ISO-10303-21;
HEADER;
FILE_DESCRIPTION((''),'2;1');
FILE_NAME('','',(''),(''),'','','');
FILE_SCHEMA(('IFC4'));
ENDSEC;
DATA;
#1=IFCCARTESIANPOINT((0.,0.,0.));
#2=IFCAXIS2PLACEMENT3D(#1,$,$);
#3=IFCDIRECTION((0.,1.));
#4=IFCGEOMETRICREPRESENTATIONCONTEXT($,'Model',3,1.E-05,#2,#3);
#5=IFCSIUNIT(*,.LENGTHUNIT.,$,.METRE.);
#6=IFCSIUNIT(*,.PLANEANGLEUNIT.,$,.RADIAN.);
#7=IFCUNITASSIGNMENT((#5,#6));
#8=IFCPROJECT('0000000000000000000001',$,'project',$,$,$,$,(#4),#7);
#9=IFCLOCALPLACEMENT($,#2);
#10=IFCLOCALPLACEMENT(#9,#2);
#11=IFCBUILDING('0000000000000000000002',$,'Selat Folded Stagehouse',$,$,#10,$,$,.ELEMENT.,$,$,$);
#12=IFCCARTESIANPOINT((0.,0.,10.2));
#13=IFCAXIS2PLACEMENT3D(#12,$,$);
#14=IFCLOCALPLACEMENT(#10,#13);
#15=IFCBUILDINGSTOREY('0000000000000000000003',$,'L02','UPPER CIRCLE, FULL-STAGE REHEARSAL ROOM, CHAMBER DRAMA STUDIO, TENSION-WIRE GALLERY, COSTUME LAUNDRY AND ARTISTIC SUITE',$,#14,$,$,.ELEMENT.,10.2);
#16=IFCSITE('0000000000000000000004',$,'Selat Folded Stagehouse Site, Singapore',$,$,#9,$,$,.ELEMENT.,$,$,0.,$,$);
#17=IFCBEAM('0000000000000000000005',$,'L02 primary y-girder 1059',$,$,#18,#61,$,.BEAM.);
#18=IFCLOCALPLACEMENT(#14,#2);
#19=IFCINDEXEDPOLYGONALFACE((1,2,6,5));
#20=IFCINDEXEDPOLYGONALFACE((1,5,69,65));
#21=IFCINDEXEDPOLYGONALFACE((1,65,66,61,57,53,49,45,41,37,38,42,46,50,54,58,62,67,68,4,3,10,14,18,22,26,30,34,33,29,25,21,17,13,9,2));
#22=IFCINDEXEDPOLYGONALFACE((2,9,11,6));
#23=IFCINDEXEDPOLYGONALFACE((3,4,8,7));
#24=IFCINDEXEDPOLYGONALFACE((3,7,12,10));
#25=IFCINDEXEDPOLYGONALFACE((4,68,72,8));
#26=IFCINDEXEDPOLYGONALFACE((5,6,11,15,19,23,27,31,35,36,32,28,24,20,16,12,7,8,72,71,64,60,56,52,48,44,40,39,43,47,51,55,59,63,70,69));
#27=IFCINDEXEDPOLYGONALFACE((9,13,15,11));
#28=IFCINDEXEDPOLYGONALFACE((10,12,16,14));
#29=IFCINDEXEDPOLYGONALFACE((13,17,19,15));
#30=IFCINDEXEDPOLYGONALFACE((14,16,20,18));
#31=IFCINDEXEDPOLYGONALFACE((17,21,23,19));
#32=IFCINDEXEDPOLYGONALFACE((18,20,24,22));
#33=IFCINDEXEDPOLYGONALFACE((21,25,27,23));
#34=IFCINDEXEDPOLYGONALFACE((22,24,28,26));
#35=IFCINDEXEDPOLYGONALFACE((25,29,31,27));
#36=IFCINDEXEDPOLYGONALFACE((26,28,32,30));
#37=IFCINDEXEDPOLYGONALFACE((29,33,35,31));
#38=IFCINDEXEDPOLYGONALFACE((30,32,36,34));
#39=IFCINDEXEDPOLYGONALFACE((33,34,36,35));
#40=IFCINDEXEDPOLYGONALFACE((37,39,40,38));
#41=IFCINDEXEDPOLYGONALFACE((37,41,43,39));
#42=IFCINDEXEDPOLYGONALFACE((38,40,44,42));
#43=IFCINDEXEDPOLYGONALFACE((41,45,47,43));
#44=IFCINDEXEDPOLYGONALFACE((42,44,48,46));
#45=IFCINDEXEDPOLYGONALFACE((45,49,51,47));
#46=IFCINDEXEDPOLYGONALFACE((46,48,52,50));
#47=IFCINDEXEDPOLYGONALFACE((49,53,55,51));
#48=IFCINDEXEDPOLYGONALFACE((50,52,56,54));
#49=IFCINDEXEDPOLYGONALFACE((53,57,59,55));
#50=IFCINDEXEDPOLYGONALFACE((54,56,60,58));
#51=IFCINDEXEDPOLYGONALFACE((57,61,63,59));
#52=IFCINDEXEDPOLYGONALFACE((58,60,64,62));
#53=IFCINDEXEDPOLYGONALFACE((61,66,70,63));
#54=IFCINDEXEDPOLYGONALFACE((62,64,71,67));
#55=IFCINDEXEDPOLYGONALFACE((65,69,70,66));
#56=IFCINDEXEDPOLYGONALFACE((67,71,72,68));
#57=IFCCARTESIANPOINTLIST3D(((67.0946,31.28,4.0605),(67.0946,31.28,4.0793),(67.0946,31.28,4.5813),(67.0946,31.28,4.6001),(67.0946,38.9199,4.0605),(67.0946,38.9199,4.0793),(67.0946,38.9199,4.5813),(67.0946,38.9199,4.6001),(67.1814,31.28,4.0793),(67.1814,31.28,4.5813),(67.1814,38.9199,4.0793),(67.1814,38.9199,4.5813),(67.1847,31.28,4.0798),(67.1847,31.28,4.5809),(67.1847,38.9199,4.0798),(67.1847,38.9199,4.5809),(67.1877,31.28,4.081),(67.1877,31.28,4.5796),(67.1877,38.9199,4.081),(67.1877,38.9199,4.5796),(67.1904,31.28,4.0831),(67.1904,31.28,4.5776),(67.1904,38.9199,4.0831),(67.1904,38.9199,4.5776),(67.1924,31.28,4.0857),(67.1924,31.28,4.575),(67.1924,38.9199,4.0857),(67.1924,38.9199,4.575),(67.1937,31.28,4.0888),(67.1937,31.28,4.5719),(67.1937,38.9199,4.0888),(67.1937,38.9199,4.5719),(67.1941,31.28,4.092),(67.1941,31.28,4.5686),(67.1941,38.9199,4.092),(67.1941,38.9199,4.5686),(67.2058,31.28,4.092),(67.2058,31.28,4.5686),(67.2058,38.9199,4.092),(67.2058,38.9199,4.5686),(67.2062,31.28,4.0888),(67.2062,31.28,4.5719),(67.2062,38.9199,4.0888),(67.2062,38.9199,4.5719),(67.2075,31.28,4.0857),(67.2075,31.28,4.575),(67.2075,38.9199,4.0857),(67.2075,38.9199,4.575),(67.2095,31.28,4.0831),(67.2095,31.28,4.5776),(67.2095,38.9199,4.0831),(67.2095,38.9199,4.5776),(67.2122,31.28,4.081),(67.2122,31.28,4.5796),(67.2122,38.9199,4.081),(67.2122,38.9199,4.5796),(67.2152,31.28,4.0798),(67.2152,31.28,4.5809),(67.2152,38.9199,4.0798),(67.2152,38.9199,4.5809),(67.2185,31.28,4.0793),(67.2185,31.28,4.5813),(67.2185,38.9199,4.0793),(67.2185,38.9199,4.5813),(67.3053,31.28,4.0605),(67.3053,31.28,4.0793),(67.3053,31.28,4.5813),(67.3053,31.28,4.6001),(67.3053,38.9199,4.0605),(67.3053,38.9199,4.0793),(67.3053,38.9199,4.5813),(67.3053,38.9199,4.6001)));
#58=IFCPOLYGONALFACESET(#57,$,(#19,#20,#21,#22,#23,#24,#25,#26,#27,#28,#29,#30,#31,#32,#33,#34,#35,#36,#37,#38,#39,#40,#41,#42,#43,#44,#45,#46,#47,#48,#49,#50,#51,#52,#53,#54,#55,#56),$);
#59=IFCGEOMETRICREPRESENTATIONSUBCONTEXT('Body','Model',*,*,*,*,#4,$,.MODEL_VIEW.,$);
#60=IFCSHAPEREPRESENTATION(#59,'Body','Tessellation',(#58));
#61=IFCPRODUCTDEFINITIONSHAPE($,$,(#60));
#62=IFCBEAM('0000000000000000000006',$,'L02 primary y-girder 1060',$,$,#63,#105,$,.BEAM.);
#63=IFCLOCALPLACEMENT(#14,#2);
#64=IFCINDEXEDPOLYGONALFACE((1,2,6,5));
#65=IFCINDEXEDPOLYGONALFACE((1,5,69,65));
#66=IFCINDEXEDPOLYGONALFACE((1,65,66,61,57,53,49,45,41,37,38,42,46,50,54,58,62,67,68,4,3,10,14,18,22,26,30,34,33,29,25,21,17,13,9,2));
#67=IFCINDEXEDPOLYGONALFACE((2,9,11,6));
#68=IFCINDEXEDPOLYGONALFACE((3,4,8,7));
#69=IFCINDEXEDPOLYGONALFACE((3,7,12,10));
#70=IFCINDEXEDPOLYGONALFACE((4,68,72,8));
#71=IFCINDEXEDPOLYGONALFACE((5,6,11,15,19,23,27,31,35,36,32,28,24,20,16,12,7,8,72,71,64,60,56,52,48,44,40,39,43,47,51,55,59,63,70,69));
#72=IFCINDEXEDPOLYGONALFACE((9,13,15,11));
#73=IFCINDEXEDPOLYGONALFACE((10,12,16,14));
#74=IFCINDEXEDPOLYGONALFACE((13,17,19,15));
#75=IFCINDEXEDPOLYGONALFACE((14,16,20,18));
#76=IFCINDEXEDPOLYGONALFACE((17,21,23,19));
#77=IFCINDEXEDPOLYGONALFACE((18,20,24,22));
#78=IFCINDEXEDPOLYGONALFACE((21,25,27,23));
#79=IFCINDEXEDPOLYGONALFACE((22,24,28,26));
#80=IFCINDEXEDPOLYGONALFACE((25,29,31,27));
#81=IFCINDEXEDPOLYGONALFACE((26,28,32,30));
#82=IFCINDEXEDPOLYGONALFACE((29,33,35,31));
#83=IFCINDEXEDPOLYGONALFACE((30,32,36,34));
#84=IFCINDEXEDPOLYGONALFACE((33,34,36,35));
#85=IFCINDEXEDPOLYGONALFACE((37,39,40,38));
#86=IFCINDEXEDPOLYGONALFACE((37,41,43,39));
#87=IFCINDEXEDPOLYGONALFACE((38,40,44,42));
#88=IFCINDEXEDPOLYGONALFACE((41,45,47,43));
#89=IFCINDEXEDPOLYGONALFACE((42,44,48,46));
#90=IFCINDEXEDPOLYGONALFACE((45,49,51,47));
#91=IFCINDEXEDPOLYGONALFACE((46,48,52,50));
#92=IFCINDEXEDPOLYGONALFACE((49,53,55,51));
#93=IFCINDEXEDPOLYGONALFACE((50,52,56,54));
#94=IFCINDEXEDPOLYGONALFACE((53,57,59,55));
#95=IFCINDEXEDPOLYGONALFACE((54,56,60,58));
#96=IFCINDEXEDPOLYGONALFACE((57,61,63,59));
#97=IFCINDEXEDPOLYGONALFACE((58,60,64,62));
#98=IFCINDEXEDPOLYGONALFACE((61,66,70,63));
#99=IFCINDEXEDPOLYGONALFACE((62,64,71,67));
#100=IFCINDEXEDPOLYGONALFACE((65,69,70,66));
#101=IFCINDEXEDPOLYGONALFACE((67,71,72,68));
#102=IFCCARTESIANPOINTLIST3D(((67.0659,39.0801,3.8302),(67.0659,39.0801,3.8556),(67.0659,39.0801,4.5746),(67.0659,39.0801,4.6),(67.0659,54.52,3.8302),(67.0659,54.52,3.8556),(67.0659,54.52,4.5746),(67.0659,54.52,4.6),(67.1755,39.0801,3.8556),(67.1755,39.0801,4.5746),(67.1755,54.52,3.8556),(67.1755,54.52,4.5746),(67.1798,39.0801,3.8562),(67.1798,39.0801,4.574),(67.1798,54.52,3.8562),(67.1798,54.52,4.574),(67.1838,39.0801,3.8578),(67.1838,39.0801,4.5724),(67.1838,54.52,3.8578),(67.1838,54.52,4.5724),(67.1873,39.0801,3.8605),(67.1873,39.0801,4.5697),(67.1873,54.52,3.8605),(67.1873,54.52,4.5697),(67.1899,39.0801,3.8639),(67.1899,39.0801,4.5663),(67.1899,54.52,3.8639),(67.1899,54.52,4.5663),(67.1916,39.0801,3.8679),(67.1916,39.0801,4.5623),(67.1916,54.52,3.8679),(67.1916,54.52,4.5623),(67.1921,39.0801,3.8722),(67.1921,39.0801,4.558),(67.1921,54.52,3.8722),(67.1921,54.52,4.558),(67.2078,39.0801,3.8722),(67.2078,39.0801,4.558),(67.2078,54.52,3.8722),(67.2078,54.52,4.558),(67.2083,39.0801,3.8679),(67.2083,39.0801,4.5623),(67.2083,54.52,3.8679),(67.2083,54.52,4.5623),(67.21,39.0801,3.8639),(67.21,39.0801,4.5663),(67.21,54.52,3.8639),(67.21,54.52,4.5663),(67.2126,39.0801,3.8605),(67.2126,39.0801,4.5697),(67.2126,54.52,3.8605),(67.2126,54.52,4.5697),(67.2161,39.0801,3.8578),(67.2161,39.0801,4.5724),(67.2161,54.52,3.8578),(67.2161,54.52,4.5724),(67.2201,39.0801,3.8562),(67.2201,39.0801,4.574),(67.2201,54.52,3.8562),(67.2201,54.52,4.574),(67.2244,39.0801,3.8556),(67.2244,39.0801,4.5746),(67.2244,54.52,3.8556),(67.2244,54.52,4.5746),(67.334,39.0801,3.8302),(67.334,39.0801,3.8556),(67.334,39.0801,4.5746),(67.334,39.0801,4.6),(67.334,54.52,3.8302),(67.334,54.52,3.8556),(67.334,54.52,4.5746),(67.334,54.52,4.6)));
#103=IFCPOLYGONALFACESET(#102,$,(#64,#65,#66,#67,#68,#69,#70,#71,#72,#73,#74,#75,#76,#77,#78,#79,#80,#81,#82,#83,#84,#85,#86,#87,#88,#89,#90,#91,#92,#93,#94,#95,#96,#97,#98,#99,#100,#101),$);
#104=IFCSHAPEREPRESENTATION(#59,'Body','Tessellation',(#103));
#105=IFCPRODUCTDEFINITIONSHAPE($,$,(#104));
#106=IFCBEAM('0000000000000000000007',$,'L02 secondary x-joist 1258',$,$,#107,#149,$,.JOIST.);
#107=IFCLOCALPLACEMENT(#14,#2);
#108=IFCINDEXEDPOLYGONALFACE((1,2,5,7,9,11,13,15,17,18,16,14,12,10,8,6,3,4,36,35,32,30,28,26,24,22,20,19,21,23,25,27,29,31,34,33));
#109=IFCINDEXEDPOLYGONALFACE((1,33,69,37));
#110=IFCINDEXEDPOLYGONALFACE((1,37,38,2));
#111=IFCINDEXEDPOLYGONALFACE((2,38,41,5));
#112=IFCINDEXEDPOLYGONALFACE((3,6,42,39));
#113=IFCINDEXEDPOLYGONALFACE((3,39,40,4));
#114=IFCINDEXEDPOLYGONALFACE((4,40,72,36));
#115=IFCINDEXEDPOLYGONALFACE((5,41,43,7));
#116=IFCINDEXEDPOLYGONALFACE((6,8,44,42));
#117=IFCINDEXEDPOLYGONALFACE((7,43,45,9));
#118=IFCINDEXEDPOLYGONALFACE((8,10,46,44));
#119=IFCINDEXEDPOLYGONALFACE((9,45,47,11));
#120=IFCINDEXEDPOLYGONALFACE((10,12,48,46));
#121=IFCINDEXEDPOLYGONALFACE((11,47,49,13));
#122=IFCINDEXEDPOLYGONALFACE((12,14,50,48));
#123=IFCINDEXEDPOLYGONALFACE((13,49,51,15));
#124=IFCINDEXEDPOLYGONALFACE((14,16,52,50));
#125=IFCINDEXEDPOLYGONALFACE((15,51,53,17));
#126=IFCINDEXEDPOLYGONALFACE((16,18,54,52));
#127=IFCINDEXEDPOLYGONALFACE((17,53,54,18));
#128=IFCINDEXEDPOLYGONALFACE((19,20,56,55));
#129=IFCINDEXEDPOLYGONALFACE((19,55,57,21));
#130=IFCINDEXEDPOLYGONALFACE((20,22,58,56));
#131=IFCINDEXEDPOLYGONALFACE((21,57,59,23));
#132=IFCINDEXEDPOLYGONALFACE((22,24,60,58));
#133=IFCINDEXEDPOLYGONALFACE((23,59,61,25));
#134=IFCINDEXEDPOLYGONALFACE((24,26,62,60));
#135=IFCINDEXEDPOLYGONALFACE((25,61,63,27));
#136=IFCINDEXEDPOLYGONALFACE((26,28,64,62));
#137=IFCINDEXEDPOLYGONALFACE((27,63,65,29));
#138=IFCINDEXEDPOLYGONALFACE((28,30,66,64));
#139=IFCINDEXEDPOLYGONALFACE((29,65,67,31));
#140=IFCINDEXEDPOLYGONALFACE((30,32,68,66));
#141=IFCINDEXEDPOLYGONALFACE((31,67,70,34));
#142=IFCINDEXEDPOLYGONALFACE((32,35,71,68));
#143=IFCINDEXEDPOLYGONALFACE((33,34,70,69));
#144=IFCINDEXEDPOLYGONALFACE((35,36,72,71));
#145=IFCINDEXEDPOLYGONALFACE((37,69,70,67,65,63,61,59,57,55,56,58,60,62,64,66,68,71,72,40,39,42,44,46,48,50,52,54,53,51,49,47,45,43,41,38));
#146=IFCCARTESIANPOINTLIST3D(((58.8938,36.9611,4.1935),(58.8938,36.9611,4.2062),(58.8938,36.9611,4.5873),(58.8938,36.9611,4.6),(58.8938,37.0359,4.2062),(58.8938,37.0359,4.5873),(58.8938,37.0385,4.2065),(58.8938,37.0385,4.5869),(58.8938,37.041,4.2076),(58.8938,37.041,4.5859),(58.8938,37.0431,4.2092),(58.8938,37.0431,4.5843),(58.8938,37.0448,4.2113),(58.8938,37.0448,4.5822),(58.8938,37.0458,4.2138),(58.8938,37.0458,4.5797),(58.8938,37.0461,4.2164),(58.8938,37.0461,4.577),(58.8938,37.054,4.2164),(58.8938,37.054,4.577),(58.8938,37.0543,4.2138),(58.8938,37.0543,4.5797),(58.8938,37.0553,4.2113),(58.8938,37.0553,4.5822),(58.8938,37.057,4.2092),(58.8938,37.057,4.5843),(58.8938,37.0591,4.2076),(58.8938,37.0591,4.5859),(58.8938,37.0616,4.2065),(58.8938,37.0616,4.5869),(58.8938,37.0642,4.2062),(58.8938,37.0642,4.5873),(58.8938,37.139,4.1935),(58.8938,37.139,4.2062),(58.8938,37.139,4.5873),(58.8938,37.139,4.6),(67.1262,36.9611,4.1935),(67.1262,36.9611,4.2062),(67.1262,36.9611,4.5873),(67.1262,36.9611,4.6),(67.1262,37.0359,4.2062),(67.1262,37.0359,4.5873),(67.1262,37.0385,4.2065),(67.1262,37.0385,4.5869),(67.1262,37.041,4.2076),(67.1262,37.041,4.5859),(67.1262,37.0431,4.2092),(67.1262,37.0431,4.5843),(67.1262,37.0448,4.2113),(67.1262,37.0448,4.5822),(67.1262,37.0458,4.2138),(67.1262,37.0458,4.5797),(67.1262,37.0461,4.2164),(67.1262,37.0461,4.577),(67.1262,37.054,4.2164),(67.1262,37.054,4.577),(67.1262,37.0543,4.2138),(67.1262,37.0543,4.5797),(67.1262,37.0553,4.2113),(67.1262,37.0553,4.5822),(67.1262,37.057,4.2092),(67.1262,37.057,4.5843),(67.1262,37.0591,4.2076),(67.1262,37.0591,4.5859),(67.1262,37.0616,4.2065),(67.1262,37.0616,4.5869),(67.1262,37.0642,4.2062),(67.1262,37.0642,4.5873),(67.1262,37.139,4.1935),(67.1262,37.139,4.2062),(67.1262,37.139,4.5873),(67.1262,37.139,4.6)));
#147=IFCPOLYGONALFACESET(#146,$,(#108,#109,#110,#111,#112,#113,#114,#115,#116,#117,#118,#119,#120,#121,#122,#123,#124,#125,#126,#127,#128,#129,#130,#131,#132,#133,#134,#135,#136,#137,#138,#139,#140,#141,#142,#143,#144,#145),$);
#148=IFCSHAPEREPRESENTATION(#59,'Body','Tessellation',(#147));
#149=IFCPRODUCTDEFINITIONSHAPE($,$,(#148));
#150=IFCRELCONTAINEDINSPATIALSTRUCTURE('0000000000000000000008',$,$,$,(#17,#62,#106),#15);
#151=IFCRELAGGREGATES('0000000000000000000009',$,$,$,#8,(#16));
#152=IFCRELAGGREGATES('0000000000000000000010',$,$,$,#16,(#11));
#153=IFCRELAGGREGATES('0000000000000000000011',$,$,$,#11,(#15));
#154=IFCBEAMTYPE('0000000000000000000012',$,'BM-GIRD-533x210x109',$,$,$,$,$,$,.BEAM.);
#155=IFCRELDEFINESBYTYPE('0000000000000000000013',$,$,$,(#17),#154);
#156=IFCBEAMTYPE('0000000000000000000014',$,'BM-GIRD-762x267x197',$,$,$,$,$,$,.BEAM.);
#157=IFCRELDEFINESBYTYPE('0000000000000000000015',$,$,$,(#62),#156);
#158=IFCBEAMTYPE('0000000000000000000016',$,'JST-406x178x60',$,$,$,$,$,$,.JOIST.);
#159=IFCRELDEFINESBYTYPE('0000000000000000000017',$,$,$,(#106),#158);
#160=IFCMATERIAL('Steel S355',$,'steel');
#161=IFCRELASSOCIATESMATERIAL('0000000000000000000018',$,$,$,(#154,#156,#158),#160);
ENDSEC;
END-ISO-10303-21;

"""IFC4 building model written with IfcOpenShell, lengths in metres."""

from ifc_helpers import new_model, si_unit, direction, frame, origin, origin_2d, place, context, subcontext, project, spatial, i_section, extrude, material, material_profile, profile_set, type_object, element, save


model = new_model("IFC4")

# Units and contexts
model_context = context("Model", 3, precision=1e-05, world=origin(), true_north=direction((0.0, 1.0)))
body_context = subcontext(model_context, "Body", "Model", "MODEL_VIEW")
ifc_project = project(units=[si_unit("LENGTHUNIT", "METRE"), si_unit("PLANEANGLEUNIT", "RADIAN")], contexts=[model_context])

# Site, building, storey
site_placement = place(None, origin())
site = spatial("IfcSite", under=ifc_project, at=site_placement, Name="Selat Folded Stagehouse Site, Singapore", CompositionType="ELEMENT", RefElevation=0.0)
building_placement = place(site_placement, origin())
building = spatial("IfcBuilding", under=site, at=building_placement, Name="Selat Folded Stagehouse", CompositionType="ELEMENT")
storey_placement = place(building_placement, frame((0.0, 0.0, 10.2)))
storey = spatial("IfcBuildingStorey", under=building, at=storey_placement, Name="L02", Description="UPPER CIRCLE, FULL-STAGE REHEARSAL ROOM, CHAMBER DRAMA STUDIO, TENSION-WIRE GALLERY, COSTUME LAUNDRY AND ARTISTIC SUITE", CompositionType="ELEMENT", Elevation=10.2)

# Shared definitions
ifc_material_1 = material(Name="Steel S355", Category="steel")

# Beams
ifc_material_profile_1 = material_profile(ifc_material_1, i_section(OverallWidth=0.2107, OverallDepth=0.5396, WebThickness=0.0117, FlangeThickness=0.0188, FilletRadius=0.0127, at=origin_2d()), Name="UKB 533x210x109")
ifc_profile_set_1 = profile_set([ifc_material_profile_1], Name="Steel S355")
beam_type_1 = type_object("IfcBeamType", Name="BM-GIRD-533x210x109", PredefinedType="BEAM", material=ifc_profile_set_1)
beam_1_placement = place(storey_placement, frame((67.2, 31.28, 4.3303), z_axis=(0.0, 1.0, 0.0), x_axis=(-1.0, 0.0, 0.0)))
element("IfcBeam", 1, at=beam_1_placement, inside=storey, type_object=beam_type_1, Name="L02 primary y-girder 1059", PredefinedType="BEAM", context=body_context, shape_type="SweptSolid", body=[
    extrude(i_section(OverallWidth=0.2107, OverallDepth=0.5396, WebThickness=0.0117, FlangeThickness=0.0188, FilletRadius=0.0127, at=origin_2d()), origin(), (0.0, 0.0, 1.0), 7.6399),
])
ifc_material_profile_2 = material_profile(ifc_material_1, i_section(OverallWidth=0.2681, OverallDepth=0.7698, WebThickness=0.0156, FlangeThickness=0.0254, FilletRadius=0.0166, at=origin_2d()), Name="UKB 762x267x197")
ifc_profile_set_2 = profile_set([ifc_material_profile_2], Name="Steel S355")
beam_type_2 = type_object("IfcBeamType", Name="BM-GIRD-762x267x197", PredefinedType="BEAM", material=ifc_profile_set_2)
beam_2_placement = place(storey_placement, frame((67.2, 39.0801, 4.2151), z_axis=(0.0, 1.0, 0.0), x_axis=(-1.0, 0.0, 0.0)))
element("IfcBeam", 2, at=beam_2_placement, inside=storey, type_object=beam_type_2, Name="L02 primary y-girder 1060", PredefinedType="BEAM", context=body_context, shape_type="SweptSolid", body=[
    extrude(i_section(OverallWidth=0.2681, OverallDepth=0.7698, WebThickness=0.0156, FlangeThickness=0.0254, FilletRadius=0.0166, at=origin_2d()), origin(), (0.0, 0.0, 1.0), 15.4399),
])
ifc_material_profile_3 = material_profile(ifc_material_1, i_section(OverallWidth=0.178, OverallDepth=0.4065, WebThickness=0.0078, FlangeThickness=0.0127, FilletRadius=0.0103, at=origin_2d()), Name="UKB 406x178x60")
ifc_profile_set_3 = profile_set([ifc_material_profile_3], Name="Steel S355")
beam_type_3 = type_object("IfcBeamType", Name="JST-406x178x60", PredefinedType="JOIST", material=ifc_profile_set_3)
beam_3_placement = place(storey_placement, frame((58.8938, 37.05, 4.3967), z_axis=(1.0, 0.0, 0.0), x_axis=(0.0, 1.0, 0.0)))
element("IfcBeam", 3, at=beam_3_placement, inside=storey, type_object=beam_type_3, Name="L02 secondary x-joist 1258", PredefinedType="JOIST", context=body_context, shape_type="SweptSolid", body=[
    extrude(i_section(OverallWidth=0.178, OverallDepth=0.4065, WebThickness=0.0078, FlangeThickness=0.0127, FilletRadius=0.0103, at=origin_2d()), origin(), (0.0, 0.0, 1.0), 8.2324),
])

save(model, "model.ifc")
